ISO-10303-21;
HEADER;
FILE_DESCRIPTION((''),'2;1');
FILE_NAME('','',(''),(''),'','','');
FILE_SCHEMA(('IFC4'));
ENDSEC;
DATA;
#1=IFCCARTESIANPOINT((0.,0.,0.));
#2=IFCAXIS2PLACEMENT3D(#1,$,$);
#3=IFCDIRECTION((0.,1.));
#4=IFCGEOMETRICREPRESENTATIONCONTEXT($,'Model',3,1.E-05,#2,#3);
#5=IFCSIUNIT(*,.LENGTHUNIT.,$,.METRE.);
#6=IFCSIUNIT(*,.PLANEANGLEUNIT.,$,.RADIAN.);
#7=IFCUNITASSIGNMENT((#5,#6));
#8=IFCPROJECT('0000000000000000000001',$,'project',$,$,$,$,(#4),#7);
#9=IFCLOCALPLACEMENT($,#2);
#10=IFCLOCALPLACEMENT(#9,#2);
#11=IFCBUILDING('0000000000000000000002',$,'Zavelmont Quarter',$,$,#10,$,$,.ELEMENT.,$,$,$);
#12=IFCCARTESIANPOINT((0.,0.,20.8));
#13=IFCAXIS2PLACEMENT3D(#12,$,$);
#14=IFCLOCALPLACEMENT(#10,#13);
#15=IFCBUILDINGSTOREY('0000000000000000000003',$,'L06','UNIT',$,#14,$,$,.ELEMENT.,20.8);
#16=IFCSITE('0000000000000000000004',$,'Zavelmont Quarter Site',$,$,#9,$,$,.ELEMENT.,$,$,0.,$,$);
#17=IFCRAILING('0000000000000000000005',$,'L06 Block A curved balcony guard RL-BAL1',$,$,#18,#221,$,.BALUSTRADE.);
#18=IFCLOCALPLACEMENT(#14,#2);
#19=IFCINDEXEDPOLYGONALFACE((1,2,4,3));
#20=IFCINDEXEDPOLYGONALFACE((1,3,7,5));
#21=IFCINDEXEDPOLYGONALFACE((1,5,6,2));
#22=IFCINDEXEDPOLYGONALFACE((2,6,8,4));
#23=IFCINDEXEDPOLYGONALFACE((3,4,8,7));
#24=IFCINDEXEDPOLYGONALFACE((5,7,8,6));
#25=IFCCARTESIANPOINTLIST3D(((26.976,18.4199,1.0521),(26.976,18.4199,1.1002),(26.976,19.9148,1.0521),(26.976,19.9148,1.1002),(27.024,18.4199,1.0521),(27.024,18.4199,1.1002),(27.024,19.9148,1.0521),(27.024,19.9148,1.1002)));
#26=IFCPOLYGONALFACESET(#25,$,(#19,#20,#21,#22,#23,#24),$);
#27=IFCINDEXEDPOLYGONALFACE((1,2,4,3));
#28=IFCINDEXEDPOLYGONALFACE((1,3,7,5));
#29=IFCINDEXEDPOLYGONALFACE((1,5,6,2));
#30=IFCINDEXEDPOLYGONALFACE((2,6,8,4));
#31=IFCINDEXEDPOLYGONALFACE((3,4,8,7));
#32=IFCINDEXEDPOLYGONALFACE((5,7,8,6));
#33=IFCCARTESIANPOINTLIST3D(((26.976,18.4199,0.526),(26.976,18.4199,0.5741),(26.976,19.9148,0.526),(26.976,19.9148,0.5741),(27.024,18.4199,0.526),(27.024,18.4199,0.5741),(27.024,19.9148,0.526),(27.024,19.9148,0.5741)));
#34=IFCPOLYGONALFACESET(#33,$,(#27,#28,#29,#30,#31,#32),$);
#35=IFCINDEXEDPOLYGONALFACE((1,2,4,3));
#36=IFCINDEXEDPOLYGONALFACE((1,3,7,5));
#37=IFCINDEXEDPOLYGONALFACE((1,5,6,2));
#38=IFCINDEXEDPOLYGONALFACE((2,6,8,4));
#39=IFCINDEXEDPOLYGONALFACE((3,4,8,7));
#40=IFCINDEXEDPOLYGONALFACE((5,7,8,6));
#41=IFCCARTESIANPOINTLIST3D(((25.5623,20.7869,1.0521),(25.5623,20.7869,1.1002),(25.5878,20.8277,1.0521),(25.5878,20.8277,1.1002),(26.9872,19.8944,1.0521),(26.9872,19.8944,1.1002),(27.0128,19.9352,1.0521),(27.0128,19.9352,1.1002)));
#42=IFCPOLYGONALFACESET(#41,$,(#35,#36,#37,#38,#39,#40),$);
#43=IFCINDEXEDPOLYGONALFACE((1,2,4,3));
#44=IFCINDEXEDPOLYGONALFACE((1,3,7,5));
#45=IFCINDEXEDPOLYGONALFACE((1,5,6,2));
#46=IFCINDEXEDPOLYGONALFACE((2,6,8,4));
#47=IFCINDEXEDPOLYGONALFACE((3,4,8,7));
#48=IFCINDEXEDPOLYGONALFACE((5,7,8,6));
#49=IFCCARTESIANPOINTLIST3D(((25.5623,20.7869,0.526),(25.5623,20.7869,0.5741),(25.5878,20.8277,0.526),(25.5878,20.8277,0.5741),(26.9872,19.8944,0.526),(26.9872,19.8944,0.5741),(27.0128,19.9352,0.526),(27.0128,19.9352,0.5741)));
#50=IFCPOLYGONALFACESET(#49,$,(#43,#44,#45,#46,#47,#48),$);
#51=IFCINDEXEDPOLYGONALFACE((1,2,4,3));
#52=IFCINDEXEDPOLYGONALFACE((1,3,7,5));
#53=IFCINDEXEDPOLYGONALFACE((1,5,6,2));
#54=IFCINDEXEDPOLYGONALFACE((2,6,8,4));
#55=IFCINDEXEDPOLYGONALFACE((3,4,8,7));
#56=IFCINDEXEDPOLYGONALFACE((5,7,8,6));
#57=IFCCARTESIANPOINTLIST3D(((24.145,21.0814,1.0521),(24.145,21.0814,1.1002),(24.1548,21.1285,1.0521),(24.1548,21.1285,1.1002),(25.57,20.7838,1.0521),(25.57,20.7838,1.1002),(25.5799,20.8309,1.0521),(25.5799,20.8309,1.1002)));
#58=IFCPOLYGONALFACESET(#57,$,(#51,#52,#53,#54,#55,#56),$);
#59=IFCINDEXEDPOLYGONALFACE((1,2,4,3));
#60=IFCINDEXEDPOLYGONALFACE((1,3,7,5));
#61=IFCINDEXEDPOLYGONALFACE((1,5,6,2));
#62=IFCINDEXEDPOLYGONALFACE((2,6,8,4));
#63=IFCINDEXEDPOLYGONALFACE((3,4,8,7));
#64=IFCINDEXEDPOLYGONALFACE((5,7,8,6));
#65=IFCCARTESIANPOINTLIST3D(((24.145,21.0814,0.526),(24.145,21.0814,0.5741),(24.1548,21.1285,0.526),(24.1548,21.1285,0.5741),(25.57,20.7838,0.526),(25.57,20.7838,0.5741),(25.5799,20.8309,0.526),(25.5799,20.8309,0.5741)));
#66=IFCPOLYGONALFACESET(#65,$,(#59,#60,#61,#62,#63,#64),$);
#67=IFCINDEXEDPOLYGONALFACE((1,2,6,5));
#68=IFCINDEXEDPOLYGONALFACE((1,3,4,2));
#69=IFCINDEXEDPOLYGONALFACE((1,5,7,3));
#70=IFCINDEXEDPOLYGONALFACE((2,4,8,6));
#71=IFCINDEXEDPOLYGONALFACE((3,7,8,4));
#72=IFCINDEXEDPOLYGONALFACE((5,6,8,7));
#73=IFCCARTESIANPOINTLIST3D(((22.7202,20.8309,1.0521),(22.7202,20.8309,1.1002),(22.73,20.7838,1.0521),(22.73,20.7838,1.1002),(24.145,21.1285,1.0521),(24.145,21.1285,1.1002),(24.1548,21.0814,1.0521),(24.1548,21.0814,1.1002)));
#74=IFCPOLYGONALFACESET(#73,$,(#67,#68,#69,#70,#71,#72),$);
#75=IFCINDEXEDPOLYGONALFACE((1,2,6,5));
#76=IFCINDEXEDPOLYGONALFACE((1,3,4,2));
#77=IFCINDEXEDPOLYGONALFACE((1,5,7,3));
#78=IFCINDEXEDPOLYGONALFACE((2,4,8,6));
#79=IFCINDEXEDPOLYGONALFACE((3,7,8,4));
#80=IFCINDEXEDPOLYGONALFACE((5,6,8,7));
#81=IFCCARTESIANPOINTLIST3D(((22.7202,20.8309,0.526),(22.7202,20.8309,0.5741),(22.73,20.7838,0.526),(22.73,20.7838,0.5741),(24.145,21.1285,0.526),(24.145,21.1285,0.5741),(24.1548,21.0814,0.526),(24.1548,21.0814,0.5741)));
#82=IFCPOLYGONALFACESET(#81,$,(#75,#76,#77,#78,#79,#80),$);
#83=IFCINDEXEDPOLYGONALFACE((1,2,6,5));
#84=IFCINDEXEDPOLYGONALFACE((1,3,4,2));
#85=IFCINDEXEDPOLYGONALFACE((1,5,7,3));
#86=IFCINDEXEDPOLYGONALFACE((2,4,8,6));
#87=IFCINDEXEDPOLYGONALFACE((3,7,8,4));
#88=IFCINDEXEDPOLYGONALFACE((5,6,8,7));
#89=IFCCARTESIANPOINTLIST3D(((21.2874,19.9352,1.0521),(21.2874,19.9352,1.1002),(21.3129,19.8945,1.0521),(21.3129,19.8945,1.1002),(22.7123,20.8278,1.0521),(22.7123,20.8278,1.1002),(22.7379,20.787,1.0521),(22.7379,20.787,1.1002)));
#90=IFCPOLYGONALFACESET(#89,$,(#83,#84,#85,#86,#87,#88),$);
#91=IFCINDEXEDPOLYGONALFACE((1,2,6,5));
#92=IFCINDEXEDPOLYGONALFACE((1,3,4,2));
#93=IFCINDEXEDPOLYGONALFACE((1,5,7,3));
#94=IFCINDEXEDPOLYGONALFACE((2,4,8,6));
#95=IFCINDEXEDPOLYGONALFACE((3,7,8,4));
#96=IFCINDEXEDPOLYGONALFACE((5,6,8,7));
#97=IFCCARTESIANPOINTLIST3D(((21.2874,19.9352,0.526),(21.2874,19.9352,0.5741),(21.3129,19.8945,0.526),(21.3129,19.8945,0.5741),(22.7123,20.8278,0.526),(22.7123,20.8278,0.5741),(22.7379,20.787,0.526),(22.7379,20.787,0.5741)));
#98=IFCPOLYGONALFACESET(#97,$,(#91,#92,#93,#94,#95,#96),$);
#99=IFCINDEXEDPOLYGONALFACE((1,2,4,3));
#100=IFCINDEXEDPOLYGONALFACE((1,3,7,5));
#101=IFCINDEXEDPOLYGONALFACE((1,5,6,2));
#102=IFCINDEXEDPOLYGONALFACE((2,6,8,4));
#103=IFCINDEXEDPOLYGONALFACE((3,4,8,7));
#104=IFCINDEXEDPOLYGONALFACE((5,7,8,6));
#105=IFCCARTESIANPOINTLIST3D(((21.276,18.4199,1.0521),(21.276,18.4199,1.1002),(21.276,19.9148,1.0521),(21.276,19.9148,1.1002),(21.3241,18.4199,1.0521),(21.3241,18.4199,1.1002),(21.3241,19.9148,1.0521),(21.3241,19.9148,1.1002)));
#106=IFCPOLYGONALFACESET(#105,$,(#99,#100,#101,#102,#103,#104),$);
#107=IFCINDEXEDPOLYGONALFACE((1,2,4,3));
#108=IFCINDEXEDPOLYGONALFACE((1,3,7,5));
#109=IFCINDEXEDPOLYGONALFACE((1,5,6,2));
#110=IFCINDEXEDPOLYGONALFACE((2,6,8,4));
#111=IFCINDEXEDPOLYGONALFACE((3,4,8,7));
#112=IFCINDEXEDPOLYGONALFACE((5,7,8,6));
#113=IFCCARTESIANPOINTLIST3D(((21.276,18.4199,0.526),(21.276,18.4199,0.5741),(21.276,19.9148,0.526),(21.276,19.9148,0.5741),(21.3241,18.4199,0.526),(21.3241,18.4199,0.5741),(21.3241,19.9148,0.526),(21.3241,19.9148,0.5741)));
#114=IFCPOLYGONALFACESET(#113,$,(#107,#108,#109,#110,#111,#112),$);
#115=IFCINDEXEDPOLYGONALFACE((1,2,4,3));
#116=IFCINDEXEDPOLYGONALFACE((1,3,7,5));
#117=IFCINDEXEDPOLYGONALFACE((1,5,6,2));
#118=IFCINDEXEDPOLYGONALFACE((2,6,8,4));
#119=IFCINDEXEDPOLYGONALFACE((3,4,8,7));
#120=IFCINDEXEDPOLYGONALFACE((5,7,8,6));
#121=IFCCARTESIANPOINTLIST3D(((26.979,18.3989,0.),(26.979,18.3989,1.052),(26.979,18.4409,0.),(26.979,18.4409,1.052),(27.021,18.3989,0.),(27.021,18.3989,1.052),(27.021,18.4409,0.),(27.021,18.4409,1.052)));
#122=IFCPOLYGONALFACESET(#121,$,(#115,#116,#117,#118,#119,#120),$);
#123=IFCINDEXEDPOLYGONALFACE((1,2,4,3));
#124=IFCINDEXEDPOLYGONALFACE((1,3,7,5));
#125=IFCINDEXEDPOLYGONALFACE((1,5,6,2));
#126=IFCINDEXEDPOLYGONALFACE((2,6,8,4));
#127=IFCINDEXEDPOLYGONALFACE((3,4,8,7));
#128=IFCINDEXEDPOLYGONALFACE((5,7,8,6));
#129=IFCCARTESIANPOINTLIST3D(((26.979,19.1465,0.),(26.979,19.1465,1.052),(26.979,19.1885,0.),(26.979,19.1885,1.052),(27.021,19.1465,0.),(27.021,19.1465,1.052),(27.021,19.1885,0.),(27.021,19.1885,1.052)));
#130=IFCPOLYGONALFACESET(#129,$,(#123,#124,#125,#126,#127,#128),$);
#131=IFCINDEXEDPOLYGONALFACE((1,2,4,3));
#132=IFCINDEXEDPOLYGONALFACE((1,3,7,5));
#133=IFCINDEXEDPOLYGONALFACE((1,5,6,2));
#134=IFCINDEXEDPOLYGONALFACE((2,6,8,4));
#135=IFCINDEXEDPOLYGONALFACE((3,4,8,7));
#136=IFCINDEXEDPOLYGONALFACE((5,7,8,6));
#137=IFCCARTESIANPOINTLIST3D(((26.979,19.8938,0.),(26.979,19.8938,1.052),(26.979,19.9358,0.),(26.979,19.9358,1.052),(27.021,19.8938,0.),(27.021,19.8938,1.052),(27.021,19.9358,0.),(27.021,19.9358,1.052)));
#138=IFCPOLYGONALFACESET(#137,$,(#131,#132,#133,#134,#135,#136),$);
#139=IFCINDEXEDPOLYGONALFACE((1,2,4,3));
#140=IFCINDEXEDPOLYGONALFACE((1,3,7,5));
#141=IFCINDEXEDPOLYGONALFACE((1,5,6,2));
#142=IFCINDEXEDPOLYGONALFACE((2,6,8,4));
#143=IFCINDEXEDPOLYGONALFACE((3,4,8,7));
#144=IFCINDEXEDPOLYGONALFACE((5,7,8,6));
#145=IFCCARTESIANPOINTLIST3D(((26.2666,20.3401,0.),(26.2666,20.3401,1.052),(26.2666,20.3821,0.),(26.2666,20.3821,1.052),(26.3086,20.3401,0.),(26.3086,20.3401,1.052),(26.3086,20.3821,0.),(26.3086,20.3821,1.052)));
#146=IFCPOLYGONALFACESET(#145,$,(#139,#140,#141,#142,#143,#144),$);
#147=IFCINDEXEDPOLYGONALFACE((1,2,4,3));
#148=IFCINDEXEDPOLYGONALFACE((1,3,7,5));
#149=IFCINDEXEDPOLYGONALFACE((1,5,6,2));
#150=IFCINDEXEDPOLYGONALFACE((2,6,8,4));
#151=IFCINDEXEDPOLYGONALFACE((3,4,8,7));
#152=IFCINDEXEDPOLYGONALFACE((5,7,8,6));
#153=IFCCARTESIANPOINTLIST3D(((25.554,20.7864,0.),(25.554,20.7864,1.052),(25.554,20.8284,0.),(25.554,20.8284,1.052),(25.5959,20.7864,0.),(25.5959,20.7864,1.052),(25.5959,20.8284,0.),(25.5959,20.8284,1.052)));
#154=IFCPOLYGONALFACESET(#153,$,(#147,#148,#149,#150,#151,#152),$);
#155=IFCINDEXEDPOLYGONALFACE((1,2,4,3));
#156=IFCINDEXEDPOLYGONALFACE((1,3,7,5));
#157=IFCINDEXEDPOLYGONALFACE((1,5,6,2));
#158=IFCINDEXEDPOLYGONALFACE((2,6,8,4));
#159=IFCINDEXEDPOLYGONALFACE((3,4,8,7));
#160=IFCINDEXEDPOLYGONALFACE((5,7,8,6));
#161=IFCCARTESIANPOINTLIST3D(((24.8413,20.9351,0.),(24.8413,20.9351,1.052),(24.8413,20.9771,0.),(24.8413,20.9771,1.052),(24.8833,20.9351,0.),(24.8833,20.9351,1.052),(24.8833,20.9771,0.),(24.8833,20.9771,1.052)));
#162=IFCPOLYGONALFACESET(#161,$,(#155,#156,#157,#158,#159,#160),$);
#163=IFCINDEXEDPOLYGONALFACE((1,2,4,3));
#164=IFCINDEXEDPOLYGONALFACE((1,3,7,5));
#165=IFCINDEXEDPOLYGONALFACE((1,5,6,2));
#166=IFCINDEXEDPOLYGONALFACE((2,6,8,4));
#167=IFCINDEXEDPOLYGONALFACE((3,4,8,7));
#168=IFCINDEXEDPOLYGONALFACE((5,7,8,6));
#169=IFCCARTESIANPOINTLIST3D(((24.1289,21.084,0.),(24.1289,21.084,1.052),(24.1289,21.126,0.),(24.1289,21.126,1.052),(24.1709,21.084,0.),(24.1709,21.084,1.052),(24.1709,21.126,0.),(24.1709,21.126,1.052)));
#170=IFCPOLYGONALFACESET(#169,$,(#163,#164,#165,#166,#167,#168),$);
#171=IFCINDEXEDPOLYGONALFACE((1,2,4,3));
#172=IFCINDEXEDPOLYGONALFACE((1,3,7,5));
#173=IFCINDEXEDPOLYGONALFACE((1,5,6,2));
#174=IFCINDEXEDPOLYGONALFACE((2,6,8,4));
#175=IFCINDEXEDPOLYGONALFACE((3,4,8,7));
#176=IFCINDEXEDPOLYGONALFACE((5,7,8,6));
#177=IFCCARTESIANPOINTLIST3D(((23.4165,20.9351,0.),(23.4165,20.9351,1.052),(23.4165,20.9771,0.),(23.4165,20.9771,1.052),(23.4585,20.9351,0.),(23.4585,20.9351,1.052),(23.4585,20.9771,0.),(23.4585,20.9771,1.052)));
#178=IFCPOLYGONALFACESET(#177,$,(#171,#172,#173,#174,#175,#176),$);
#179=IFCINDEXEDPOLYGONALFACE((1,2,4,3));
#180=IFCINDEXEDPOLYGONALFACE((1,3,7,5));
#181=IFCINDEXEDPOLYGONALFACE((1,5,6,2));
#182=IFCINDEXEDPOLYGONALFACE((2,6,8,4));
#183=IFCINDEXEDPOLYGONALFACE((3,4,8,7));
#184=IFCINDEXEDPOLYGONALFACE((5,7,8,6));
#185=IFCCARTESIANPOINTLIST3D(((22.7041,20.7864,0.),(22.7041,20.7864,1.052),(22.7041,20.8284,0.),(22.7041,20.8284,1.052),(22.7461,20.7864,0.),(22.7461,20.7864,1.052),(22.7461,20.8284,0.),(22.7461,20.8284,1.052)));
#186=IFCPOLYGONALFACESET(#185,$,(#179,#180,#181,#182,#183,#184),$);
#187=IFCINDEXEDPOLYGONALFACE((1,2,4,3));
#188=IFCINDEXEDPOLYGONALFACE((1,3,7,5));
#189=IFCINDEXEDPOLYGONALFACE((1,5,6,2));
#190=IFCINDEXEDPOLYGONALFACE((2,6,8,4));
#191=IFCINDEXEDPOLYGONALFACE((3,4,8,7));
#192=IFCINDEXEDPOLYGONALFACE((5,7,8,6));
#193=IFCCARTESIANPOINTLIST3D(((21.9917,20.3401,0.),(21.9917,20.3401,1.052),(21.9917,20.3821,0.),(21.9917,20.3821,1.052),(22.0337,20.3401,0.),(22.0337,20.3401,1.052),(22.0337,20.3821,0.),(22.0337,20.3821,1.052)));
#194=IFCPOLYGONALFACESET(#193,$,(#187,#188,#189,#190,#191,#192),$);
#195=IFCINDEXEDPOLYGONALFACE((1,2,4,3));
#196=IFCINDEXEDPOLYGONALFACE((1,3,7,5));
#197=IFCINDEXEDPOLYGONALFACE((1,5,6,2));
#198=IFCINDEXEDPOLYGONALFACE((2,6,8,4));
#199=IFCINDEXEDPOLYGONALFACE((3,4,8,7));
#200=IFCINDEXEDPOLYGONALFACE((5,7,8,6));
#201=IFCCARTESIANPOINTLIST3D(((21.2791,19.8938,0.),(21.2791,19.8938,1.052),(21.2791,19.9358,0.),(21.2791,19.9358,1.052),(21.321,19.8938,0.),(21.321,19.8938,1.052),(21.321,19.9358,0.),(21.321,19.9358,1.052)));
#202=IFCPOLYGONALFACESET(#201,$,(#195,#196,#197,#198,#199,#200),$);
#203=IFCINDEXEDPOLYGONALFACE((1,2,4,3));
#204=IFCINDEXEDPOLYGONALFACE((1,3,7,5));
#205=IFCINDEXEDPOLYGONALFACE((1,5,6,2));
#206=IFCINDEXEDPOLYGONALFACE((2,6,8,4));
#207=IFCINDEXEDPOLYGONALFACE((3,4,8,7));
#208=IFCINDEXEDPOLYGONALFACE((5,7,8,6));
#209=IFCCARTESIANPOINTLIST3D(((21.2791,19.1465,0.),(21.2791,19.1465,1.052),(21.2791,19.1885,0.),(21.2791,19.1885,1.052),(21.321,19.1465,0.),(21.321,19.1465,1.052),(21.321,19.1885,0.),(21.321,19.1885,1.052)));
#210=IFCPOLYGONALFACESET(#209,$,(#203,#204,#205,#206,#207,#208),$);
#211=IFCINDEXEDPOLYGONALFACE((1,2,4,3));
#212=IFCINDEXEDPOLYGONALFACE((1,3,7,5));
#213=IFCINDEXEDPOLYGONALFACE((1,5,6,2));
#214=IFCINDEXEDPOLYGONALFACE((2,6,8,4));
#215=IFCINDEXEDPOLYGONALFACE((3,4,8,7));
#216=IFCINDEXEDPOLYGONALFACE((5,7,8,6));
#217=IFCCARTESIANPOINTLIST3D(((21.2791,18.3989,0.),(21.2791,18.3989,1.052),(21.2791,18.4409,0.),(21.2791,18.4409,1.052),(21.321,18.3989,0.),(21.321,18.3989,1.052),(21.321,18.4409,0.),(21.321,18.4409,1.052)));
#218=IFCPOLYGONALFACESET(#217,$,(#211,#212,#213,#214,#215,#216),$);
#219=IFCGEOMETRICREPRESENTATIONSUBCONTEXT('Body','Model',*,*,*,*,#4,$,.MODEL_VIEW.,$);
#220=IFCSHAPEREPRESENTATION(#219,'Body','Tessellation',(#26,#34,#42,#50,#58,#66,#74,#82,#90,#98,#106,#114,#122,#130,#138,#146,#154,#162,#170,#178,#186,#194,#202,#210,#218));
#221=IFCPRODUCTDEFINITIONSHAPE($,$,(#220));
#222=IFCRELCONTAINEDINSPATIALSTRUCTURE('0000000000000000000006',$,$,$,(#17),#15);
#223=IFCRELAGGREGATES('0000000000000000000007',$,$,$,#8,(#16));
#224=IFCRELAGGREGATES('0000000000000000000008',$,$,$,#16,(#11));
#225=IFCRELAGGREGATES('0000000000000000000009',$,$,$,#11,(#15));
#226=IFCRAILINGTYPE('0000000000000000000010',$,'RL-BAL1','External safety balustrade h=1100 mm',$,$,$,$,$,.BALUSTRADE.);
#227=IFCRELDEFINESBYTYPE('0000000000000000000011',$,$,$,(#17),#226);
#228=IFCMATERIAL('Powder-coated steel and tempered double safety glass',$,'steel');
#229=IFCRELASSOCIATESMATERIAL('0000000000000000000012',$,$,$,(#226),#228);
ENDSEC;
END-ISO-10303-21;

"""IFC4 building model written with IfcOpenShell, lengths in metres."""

from ifc_helpers import new_model, si_unit, direction, frame, origin, origin_2d, place, context, subcontext, project, spatial, rectangle, extrude, material, type_object, element, save


model = new_model("IFC4")

# Units and contexts
model_context = context("Model", 3, precision=1e-05, world=origin(), true_north=direction((0.0, 1.0)))
body_context = subcontext(model_context, "Body", "Model", "MODEL_VIEW")
ifc_project = project(units=[si_unit("LENGTHUNIT", "METRE"), si_unit("PLANEANGLEUNIT", "RADIAN")], contexts=[model_context])

# Site, building, storey
site_placement = place(None, origin())
site = spatial("IfcSite", under=ifc_project, at=site_placement, Name="Zavelmont Quarter Site", CompositionType="ELEMENT", RefElevation=0.0)
building_placement = place(site_placement, origin())
building = spatial("IfcBuilding", under=site, at=building_placement, Name="Zavelmont Quarter", CompositionType="ELEMENT")
storey_placement = place(building_placement, frame((0.0, 0.0, 20.8)))
storey = spatial("IfcBuildingStorey", under=building, at=storey_placement, Name="L06", Description="UNIT", CompositionType="ELEMENT", Elevation=20.8)

# Railing
ifc_material_1 = material(Name="Powder-coated steel and tempered double safety glass", Category="steel")
railing_type = type_object("IfcRailingType", Name="RL-BAL1", Description="External safety balustrade h=1100 mm", PredefinedType="BALUSTRADE", material=ifc_material_1)
railing_placement = place(storey_placement, frame((27.0, 18.4199, 0.0)))
element("IfcRailing", 1, at=railing_placement, inside=storey, type_object=railing_type, Name="L06 Block A curved balcony guard RL-BAL1", PredefinedType="BALUSTRADE", context=body_context, shape_type="SweptSolid", body=[
    extrude(rectangle(XDim=0.0481, YDim=0.0481, at=origin_2d()), frame((0.0, 0.0, 1.0762), z_axis=(0.0, 1.0, 0.0), x_axis=(-1.0, 0.0, 0.0)), (0.0, 0.0, 1.0), 1.4949),
    extrude(rectangle(XDim=0.0481, YDim=0.0481, at=origin_2d()), frame((0.0, 0.0, 0.55), z_axis=(0.0, 1.0, 0.0), x_axis=(-1.0, 0.0, 0.0)), (0.0, 0.0, 1.0), 1.4949),
    extrude(rectangle(XDim=0.0481, YDim=0.0481, at=origin_2d()), frame((0.0, 1.4949, 1.0762), z_axis=(-0.847484, 0.530821, 0.0), x_axis=(-0.530821, -0.847484, 0.0)), (0.0, 0.0, 1.0), 1.6814),
    extrude(rectangle(XDim=0.0481, YDim=0.0481, at=origin_2d()), frame((0.0, 1.4949, 0.55), z_axis=(-0.847484, 0.530821, 0.0), x_axis=(-0.530821, -0.847484, 0.0)), (0.0, 0.0, 1.0), 1.6814),
    extrude(rectangle(XDim=0.0481, YDim=0.0481, at=origin_2d()), frame((-1.425, 2.3875, 1.0762), z_axis=(-0.978881, 0.20443, 0.0), x_axis=(-0.20443, -0.978881, 0.0)), (0.0, 0.0, 1.0), 1.4558),
    extrude(rectangle(XDim=0.0481, YDim=0.0481, at=origin_2d()), frame((-1.425, 2.3875, 0.55), z_axis=(-0.978881, 0.20443, 0.0), x_axis=(-0.20443, -0.978881, 0.0)), (0.0, 0.0, 1.0), 1.4558),
    extrude(rectangle(XDim=0.0481, YDim=0.0481, at=origin_2d()), frame((-2.8501, 2.6851, 1.0762), z_axis=(-0.978874, -0.204463, 0.0), x_axis=(0.204463, -0.978874, 0.0)), (0.0, 0.0, 1.0), 1.4556),
    extrude(rectangle(XDim=0.0481, YDim=0.0481, at=origin_2d()), frame((-2.8501, 2.6851, 0.55), z_axis=(-0.978874, -0.204463, 0.0), x_axis=(0.204463, -0.978874, 0.0)), (0.0, 0.0, 1.0), 1.4556),
    extrude(rectangle(XDim=0.0481, YDim=0.0481, at=origin_2d()), frame((-4.2749, 2.3875, 1.0762), z_axis=(-0.847484, -0.530821, 0.0), x_axis=(0.530821, -0.847484, 0.0)), (0.0, 0.0, 1.0), 1.6814),
    extrude(rectangle(XDim=0.0481, YDim=0.0481, at=origin_2d()), frame((-4.2749, 2.3875, 0.55), z_axis=(-0.847484, -0.530821, 0.0), x_axis=(0.530821, -0.847484, 0.0)), (0.0, 0.0, 1.0), 1.6814),
    extrude(rectangle(XDim=0.0481, YDim=0.0481, at=origin_2d()), frame((-5.7, 1.4949, 1.0762), z_axis=(0.0, -1.0, 0.0), x_axis=(1.0, 0.0, 0.0)), (0.0, 0.0, 1.0), 1.4949),
    extrude(rectangle(XDim=0.0481, YDim=0.0481, at=origin_2d()), frame((-5.7, 1.4949, 0.55), z_axis=(0.0, -1.0, 0.0), x_axis=(1.0, 0.0, 0.0)), (0.0, 0.0, 1.0), 1.4949),
    extrude(rectangle(XDim=0.042, YDim=0.042, at=origin_2d()), origin(), (0.0, 0.0, 1.0), 1.052),
    extrude(rectangle(XDim=0.042, YDim=0.042, at=origin_2d()), frame((0.0, 0.7476, 0.0)), (0.0, 0.0, 1.0), 1.052),
    extrude(rectangle(XDim=0.042, YDim=0.042, at=origin_2d()), frame((0.0, 1.4949, 0.0)), (0.0, 0.0, 1.0), 1.052),
    extrude(rectangle(XDim=0.042, YDim=0.042, at=origin_2d()), frame((-0.7124, 1.9412, 0.0)), (0.0, 0.0, 1.0), 1.052),
    extrude(rectangle(XDim=0.042, YDim=0.042, at=origin_2d()), frame((-1.425, 2.3875, 0.0)), (0.0, 0.0, 1.0), 1.052),
    extrude(rectangle(XDim=0.042, YDim=0.042, at=origin_2d()), frame((-2.1377, 2.5361, 0.0)), (0.0, 0.0, 1.0), 1.052),
    extrude(rectangle(XDim=0.042, YDim=0.042, at=origin_2d()), frame((-2.8501, 2.6851, 0.0)), (0.0, 0.0, 1.0), 1.052),
    extrude(rectangle(XDim=0.042, YDim=0.042, at=origin_2d()), frame((-3.5625, 2.5361, 0.0)), (0.0, 0.0, 1.0), 1.052),
    extrude(rectangle(XDim=0.042, YDim=0.042, at=origin_2d()), frame((-4.2749, 2.3875, 0.0)), (0.0, 0.0, 1.0), 1.052),
    extrude(rectangle(XDim=0.042, YDim=0.042, at=origin_2d()), frame((-4.9873, 1.9412, 0.0)), (0.0, 0.0, 1.0), 1.052),
    extrude(rectangle(XDim=0.042, YDim=0.042, at=origin_2d()), frame((-5.7, 1.4949, 0.0)), (0.0, 0.0, 1.0), 1.052),
    extrude(rectangle(XDim=0.042, YDim=0.042, at=origin_2d()), frame((-5.7, 0.7476, 0.0)), (0.0, 0.0, 1.0), 1.052),
    extrude(rectangle(XDim=0.042, YDim=0.042, at=origin_2d()), frame((-5.7, 0.0, 0.0)), (0.0, 0.0, 1.0), 1.052),
])

save(model, "model.ifc")
